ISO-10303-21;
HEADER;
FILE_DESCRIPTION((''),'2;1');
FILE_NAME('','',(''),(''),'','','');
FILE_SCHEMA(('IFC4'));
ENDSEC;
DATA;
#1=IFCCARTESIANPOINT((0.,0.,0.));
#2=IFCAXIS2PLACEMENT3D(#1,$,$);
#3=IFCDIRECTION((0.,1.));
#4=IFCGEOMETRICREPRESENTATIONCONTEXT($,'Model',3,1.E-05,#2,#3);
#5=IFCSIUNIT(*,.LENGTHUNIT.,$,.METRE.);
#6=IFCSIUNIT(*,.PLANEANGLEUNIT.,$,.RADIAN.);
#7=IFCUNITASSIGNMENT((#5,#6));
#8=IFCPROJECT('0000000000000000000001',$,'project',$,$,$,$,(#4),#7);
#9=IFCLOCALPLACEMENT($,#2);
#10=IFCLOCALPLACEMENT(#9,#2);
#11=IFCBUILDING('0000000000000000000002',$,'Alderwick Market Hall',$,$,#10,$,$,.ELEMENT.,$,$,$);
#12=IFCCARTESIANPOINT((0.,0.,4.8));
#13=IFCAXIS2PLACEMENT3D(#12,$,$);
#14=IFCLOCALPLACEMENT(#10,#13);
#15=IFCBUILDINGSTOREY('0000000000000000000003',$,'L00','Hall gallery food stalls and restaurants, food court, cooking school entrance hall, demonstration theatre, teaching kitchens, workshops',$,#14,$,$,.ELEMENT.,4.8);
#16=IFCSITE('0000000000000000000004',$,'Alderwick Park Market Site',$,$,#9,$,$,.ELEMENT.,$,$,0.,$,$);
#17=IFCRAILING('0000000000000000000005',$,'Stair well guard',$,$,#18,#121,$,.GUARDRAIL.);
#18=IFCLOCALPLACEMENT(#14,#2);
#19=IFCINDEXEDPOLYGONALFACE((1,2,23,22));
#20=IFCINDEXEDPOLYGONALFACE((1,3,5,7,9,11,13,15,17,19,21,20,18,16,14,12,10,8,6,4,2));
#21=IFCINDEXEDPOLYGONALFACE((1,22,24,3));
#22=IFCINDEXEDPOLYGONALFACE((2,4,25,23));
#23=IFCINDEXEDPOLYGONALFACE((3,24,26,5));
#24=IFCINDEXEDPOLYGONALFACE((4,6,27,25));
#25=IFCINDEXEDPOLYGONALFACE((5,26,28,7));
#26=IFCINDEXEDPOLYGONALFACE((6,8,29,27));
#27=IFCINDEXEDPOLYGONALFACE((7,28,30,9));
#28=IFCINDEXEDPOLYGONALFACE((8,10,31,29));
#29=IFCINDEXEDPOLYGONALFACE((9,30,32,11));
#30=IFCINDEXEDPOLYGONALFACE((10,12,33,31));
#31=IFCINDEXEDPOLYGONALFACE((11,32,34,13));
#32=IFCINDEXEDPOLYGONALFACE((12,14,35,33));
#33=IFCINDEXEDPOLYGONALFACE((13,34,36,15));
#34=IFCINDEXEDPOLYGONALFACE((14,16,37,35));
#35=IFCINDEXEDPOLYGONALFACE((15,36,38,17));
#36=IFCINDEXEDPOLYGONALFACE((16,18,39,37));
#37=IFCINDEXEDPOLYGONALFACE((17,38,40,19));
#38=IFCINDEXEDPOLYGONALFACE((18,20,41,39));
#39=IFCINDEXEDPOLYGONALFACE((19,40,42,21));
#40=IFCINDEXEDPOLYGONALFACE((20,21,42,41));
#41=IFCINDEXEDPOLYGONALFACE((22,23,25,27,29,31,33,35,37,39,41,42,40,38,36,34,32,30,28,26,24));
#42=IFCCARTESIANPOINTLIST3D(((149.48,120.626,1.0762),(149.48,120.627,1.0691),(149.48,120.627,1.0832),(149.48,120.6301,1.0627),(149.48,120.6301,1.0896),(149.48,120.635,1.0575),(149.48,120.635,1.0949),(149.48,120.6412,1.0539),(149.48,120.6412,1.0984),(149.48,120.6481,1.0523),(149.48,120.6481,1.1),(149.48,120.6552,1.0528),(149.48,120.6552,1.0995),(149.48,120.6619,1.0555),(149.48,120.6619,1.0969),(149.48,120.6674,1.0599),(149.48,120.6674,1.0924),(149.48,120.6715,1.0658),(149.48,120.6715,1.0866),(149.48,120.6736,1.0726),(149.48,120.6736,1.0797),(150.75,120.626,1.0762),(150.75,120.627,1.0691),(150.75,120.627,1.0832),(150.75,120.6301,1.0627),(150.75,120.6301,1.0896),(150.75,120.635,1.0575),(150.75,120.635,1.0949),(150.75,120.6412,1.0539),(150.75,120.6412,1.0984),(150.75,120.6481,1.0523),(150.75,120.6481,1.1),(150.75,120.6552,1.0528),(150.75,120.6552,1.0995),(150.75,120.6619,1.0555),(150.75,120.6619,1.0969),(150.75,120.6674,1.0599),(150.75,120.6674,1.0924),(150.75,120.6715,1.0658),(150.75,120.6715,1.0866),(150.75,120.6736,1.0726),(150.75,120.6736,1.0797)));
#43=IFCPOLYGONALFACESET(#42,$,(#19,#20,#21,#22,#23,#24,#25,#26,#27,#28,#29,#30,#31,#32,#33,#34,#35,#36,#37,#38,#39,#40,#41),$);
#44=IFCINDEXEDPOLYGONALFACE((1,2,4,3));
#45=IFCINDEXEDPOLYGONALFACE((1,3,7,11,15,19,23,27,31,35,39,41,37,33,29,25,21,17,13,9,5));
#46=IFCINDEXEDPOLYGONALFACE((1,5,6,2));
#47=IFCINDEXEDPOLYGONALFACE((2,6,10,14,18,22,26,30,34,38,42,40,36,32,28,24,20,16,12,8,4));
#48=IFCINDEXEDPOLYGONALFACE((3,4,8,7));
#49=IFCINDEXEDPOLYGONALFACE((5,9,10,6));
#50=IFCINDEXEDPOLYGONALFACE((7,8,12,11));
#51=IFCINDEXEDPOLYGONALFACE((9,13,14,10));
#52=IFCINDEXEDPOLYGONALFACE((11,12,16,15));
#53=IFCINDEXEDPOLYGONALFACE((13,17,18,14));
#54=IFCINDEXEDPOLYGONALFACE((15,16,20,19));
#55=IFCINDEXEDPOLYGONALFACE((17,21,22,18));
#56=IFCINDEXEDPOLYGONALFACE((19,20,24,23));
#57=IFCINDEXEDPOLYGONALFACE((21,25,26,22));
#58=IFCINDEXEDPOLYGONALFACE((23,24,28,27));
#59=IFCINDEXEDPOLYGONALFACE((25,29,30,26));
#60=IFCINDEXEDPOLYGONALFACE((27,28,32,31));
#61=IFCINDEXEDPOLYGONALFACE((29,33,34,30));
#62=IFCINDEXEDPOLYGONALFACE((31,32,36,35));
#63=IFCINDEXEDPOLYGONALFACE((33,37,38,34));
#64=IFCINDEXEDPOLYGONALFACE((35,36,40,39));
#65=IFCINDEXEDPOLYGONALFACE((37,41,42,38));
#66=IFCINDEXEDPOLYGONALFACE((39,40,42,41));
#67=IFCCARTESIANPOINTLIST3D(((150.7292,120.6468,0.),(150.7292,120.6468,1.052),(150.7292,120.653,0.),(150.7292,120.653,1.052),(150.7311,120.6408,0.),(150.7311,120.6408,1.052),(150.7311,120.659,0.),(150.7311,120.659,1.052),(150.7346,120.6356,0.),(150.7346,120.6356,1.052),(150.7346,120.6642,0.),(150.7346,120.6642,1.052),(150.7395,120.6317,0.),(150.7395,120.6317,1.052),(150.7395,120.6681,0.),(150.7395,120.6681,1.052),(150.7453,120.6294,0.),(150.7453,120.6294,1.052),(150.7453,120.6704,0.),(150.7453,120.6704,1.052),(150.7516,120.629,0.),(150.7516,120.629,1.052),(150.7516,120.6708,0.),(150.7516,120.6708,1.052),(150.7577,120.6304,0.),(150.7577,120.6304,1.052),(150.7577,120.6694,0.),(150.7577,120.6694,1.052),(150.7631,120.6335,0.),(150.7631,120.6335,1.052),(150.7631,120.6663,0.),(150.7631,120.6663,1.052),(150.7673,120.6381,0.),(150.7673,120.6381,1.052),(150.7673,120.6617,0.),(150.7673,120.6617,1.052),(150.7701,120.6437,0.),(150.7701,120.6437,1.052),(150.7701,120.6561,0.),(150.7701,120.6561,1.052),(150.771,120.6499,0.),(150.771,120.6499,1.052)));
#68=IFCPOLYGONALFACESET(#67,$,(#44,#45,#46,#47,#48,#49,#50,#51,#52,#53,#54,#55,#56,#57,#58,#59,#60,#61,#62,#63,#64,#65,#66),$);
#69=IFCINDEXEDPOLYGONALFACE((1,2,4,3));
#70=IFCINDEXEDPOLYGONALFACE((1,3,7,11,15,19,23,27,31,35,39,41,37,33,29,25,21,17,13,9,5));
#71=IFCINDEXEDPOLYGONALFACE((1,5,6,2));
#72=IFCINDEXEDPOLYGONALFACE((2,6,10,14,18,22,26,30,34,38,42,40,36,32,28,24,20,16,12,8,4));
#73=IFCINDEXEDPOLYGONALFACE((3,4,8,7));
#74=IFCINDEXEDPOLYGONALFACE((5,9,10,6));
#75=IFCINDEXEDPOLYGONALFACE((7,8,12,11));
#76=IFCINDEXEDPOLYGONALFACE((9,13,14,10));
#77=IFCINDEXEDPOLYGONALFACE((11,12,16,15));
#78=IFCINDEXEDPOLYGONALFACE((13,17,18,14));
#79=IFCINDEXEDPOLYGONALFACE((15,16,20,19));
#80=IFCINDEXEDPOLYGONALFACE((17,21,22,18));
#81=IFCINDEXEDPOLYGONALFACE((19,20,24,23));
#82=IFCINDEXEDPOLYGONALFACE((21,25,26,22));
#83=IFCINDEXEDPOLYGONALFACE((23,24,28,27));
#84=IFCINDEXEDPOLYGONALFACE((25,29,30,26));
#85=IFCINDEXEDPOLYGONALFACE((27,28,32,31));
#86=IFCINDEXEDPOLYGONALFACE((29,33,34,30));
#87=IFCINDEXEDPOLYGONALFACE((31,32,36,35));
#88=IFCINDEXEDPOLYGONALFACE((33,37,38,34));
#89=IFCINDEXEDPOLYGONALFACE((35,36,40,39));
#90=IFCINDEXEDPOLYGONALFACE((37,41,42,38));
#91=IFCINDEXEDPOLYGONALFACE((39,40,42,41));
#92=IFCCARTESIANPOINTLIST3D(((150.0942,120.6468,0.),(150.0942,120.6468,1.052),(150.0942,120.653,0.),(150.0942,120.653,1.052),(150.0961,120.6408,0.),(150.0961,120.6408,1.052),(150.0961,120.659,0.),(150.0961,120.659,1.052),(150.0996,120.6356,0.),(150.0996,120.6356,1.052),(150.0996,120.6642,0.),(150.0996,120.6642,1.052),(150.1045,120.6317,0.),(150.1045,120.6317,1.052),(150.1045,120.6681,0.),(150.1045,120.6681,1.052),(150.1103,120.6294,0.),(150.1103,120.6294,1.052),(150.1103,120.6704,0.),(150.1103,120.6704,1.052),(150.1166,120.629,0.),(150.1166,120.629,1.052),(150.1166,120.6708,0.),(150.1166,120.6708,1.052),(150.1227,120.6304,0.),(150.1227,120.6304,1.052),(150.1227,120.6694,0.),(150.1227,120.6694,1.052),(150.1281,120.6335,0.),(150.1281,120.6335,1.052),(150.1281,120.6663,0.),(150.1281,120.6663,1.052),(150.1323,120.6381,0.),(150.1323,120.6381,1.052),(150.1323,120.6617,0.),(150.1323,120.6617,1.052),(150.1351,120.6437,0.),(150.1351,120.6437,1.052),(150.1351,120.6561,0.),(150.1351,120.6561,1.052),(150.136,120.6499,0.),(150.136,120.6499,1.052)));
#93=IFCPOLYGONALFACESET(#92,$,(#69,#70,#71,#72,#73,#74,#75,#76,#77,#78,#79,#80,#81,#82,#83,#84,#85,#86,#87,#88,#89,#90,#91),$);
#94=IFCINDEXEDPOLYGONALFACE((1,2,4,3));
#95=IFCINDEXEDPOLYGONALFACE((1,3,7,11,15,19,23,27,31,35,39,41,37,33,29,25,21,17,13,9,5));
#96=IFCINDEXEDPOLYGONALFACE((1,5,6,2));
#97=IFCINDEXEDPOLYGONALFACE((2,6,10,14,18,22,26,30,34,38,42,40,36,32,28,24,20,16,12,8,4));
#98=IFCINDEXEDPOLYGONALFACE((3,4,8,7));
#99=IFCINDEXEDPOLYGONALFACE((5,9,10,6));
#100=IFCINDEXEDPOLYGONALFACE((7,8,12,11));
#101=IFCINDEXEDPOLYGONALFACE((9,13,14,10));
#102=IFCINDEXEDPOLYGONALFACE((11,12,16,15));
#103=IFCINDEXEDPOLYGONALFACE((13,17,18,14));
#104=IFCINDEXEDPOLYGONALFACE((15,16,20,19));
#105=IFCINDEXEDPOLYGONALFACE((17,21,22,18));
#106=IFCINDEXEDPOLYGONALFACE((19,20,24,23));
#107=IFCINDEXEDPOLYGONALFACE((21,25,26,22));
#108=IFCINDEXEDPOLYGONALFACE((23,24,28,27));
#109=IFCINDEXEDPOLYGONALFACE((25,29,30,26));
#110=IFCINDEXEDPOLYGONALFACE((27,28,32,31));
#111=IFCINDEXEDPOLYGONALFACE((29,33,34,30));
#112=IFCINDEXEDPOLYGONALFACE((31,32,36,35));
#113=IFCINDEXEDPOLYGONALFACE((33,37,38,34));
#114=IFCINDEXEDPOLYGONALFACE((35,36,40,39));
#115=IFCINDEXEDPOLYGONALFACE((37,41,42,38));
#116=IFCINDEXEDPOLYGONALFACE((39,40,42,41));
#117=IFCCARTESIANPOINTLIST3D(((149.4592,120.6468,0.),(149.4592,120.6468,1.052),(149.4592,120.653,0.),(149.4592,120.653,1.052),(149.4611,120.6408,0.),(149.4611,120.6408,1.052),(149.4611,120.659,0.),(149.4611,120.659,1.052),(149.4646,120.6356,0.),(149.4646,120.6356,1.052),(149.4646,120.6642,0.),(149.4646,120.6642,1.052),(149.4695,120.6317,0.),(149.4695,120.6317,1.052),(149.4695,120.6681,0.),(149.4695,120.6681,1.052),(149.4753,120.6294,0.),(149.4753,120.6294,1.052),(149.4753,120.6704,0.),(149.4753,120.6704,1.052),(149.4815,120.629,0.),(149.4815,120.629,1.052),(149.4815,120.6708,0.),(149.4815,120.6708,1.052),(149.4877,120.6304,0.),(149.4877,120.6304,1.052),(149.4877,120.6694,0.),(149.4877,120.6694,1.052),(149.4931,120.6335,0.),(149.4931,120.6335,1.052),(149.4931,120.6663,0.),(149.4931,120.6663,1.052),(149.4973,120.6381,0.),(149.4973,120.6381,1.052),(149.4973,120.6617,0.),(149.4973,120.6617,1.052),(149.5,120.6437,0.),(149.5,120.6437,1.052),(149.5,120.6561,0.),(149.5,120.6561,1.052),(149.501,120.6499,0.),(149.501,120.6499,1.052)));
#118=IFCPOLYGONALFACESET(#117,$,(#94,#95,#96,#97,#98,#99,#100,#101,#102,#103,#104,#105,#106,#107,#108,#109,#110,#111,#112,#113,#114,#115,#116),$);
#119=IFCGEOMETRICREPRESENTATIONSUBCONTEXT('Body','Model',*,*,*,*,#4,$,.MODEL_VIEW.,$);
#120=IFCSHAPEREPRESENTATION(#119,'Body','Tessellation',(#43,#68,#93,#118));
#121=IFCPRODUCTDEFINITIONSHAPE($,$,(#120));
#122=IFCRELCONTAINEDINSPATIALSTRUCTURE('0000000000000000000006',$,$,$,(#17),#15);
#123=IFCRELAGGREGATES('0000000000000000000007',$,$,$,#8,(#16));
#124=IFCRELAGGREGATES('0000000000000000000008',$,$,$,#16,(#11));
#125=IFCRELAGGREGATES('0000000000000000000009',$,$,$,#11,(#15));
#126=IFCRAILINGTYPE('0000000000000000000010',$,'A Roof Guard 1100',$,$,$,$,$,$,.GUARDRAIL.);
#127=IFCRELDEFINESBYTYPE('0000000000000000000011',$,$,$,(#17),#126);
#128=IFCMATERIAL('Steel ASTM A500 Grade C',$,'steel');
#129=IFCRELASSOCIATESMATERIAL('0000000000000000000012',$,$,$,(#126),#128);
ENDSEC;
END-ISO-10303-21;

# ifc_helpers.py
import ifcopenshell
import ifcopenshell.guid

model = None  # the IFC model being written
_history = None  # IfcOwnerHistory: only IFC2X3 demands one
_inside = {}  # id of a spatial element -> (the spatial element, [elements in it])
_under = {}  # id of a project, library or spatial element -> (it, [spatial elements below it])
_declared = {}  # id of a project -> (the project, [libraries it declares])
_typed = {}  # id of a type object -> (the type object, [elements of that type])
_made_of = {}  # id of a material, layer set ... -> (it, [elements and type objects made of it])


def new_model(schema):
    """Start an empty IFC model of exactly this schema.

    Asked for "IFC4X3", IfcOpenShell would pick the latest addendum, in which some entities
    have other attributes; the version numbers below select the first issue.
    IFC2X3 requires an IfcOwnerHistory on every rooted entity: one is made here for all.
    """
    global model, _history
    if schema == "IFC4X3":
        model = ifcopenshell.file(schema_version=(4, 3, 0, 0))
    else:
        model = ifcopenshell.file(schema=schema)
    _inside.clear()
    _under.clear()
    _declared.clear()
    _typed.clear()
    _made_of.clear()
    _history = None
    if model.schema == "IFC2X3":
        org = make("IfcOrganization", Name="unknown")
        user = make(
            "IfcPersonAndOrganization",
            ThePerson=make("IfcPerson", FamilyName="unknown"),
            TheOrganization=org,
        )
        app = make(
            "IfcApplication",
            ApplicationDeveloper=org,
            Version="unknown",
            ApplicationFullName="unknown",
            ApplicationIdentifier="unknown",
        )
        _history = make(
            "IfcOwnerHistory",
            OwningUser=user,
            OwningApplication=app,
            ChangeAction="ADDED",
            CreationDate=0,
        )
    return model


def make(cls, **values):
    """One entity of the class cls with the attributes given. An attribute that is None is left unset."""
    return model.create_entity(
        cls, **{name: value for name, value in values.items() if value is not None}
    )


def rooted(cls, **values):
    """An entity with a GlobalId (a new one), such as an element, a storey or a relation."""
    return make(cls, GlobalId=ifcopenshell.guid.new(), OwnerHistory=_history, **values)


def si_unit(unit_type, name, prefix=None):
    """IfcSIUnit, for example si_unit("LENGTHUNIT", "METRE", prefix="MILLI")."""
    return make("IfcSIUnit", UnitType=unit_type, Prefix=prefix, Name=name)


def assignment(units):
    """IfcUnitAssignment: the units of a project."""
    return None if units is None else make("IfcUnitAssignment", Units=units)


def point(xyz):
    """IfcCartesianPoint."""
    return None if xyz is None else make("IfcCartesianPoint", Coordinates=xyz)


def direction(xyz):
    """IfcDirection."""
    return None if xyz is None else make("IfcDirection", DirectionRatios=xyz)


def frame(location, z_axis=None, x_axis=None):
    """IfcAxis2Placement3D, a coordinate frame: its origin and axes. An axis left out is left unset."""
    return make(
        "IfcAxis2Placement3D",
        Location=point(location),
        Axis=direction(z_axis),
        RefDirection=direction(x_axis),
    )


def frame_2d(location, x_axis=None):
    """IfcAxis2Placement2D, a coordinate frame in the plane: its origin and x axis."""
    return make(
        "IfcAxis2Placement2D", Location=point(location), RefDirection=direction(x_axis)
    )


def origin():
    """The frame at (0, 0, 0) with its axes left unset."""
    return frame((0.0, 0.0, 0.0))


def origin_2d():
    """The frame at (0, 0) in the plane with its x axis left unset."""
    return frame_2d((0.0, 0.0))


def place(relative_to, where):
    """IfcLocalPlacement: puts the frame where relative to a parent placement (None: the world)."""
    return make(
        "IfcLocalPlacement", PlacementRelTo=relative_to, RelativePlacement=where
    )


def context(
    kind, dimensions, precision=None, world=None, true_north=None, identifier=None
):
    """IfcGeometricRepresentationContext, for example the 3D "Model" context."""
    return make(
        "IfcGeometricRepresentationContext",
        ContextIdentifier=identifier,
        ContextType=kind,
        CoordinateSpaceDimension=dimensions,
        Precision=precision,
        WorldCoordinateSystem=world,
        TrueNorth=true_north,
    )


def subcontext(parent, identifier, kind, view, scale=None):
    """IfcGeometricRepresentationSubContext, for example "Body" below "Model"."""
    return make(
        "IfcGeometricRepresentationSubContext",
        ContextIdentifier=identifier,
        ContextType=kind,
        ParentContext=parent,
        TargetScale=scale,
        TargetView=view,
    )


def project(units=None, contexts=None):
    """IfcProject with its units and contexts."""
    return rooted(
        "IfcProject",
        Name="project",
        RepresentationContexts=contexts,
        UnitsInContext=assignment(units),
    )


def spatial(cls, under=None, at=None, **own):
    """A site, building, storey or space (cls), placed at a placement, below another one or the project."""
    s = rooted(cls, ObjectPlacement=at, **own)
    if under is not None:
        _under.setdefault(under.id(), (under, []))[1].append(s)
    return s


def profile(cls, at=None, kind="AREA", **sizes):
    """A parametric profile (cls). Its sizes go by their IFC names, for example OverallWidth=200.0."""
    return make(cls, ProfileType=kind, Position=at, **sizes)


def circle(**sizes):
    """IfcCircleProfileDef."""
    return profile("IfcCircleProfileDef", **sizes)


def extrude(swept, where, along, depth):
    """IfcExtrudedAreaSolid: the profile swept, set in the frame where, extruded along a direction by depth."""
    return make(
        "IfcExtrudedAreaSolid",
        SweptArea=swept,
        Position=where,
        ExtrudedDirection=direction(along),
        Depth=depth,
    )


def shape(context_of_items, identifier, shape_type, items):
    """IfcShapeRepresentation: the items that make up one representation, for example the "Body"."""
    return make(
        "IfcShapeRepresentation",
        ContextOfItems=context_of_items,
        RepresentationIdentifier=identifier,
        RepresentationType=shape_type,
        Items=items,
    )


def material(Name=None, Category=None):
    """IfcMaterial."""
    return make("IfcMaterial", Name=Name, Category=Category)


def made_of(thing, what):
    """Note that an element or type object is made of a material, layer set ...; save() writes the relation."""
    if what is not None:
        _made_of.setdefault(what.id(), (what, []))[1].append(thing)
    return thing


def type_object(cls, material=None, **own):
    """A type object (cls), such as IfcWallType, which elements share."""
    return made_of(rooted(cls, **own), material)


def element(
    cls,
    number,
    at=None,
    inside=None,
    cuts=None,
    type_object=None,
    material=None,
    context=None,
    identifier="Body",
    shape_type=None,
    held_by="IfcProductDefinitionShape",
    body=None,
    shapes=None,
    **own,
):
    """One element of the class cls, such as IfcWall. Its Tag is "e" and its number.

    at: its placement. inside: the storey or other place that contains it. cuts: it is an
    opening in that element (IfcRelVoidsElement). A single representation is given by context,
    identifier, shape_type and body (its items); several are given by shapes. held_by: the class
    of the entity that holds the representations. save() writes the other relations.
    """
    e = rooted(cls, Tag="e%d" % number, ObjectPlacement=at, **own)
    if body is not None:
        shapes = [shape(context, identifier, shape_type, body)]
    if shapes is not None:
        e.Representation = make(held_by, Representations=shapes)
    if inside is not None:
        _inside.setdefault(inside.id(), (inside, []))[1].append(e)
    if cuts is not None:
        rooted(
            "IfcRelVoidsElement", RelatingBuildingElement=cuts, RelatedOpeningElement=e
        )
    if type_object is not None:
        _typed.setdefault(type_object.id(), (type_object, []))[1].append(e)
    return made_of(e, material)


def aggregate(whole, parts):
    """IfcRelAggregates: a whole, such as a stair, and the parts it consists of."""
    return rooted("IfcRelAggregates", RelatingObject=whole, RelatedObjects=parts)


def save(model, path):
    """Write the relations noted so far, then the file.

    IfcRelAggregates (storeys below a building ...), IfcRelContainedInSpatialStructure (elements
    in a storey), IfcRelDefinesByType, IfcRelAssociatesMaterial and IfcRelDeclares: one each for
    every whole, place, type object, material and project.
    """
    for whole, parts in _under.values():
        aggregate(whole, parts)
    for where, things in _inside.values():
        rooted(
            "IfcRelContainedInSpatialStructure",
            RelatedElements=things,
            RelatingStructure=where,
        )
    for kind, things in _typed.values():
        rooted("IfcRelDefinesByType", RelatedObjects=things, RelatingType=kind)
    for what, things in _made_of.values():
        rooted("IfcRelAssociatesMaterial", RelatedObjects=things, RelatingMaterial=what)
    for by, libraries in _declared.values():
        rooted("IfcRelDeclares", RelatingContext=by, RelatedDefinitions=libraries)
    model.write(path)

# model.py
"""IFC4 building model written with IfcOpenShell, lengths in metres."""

from ifc_helpers import new_model, si_unit, direction, frame, origin, origin_2d, place, context, subcontext, project, spatial, circle, extrude, material, type_object, element, save


model = new_model("IFC4")

# Units and contexts
model_context = context("Model", 3, precision=1e-05, world=origin(), true_north=direction((0.0, 1.0)))
body_context = subcontext(model_context, "Body", "Model", "MODEL_VIEW")
ifc_project = project(units=[si_unit("LENGTHUNIT", "METRE"), si_unit("PLANEANGLEUNIT", "RADIAN")], contexts=[model_context])

# Site, building, storey
site_placement = place(None, origin())
site = spatial("IfcSite", under=ifc_project, at=site_placement, Name="Alderwick Park Market Site", CompositionType="ELEMENT", RefElevation=0.0)
building_placement = place(site_placement, origin())
building = spatial("IfcBuilding", under=site, at=building_placement, Name="Alderwick Market Hall", CompositionType="ELEMENT")
storey_placement = place(building_placement, frame((0.0, 0.0, 4.8)))
storey = spatial("IfcBuildingStorey", under=building, at=storey_placement, Name="L00", Description="Hall gallery food stalls and restaurants, food court, cooking school entrance hall, demonstration theatre, teaching kitchens, workshops", CompositionType="ELEMENT", Elevation=4.8)

# Shared definitions
ifc_material_1 = material(Name="Steel ASTM A500 Grade C", Category="steel")

# Railing
railing_type = type_object("IfcRailingType", Name="A Roof Guard 1100", PredefinedType="GUARDRAIL", material=ifc_material_1)
railing_1_placement = place(storey_placement, frame((150.75, 120.6499, 0.0)))
element("IfcRailing", 1, at=railing_1_placement, inside=storey, type_object=railing_type, Name="Stair well guard", PredefinedType="GUARDRAIL", context=body_context, shape_type="SweptSolid", body=[
    extrude(circle(Radius=0.0239, at=origin_2d()), frame((0.0, 0.0, 1.0762), z_axis=(-1.0, 0.0, 0.0), x_axis=(0.0, -1.0, 0.0)), (0.0, 0.0, 1.0), 1.27),
    extrude(circle(Radius=0.021, at=origin_2d()), origin(), (0.0, 0.0, 1.0), 1.052),
    extrude(circle(Radius=0.021, at=origin_2d()), frame((-0.635, 0.0, 0.0)), (0.0, 0.0, 1.0), 1.052),
    extrude(circle(Radius=0.021, at=origin_2d()), frame((-1.27, 0.0, 0.0)), (0.0, 0.0, 1.0), 1.052),
])

save(model, "model.ifc")
